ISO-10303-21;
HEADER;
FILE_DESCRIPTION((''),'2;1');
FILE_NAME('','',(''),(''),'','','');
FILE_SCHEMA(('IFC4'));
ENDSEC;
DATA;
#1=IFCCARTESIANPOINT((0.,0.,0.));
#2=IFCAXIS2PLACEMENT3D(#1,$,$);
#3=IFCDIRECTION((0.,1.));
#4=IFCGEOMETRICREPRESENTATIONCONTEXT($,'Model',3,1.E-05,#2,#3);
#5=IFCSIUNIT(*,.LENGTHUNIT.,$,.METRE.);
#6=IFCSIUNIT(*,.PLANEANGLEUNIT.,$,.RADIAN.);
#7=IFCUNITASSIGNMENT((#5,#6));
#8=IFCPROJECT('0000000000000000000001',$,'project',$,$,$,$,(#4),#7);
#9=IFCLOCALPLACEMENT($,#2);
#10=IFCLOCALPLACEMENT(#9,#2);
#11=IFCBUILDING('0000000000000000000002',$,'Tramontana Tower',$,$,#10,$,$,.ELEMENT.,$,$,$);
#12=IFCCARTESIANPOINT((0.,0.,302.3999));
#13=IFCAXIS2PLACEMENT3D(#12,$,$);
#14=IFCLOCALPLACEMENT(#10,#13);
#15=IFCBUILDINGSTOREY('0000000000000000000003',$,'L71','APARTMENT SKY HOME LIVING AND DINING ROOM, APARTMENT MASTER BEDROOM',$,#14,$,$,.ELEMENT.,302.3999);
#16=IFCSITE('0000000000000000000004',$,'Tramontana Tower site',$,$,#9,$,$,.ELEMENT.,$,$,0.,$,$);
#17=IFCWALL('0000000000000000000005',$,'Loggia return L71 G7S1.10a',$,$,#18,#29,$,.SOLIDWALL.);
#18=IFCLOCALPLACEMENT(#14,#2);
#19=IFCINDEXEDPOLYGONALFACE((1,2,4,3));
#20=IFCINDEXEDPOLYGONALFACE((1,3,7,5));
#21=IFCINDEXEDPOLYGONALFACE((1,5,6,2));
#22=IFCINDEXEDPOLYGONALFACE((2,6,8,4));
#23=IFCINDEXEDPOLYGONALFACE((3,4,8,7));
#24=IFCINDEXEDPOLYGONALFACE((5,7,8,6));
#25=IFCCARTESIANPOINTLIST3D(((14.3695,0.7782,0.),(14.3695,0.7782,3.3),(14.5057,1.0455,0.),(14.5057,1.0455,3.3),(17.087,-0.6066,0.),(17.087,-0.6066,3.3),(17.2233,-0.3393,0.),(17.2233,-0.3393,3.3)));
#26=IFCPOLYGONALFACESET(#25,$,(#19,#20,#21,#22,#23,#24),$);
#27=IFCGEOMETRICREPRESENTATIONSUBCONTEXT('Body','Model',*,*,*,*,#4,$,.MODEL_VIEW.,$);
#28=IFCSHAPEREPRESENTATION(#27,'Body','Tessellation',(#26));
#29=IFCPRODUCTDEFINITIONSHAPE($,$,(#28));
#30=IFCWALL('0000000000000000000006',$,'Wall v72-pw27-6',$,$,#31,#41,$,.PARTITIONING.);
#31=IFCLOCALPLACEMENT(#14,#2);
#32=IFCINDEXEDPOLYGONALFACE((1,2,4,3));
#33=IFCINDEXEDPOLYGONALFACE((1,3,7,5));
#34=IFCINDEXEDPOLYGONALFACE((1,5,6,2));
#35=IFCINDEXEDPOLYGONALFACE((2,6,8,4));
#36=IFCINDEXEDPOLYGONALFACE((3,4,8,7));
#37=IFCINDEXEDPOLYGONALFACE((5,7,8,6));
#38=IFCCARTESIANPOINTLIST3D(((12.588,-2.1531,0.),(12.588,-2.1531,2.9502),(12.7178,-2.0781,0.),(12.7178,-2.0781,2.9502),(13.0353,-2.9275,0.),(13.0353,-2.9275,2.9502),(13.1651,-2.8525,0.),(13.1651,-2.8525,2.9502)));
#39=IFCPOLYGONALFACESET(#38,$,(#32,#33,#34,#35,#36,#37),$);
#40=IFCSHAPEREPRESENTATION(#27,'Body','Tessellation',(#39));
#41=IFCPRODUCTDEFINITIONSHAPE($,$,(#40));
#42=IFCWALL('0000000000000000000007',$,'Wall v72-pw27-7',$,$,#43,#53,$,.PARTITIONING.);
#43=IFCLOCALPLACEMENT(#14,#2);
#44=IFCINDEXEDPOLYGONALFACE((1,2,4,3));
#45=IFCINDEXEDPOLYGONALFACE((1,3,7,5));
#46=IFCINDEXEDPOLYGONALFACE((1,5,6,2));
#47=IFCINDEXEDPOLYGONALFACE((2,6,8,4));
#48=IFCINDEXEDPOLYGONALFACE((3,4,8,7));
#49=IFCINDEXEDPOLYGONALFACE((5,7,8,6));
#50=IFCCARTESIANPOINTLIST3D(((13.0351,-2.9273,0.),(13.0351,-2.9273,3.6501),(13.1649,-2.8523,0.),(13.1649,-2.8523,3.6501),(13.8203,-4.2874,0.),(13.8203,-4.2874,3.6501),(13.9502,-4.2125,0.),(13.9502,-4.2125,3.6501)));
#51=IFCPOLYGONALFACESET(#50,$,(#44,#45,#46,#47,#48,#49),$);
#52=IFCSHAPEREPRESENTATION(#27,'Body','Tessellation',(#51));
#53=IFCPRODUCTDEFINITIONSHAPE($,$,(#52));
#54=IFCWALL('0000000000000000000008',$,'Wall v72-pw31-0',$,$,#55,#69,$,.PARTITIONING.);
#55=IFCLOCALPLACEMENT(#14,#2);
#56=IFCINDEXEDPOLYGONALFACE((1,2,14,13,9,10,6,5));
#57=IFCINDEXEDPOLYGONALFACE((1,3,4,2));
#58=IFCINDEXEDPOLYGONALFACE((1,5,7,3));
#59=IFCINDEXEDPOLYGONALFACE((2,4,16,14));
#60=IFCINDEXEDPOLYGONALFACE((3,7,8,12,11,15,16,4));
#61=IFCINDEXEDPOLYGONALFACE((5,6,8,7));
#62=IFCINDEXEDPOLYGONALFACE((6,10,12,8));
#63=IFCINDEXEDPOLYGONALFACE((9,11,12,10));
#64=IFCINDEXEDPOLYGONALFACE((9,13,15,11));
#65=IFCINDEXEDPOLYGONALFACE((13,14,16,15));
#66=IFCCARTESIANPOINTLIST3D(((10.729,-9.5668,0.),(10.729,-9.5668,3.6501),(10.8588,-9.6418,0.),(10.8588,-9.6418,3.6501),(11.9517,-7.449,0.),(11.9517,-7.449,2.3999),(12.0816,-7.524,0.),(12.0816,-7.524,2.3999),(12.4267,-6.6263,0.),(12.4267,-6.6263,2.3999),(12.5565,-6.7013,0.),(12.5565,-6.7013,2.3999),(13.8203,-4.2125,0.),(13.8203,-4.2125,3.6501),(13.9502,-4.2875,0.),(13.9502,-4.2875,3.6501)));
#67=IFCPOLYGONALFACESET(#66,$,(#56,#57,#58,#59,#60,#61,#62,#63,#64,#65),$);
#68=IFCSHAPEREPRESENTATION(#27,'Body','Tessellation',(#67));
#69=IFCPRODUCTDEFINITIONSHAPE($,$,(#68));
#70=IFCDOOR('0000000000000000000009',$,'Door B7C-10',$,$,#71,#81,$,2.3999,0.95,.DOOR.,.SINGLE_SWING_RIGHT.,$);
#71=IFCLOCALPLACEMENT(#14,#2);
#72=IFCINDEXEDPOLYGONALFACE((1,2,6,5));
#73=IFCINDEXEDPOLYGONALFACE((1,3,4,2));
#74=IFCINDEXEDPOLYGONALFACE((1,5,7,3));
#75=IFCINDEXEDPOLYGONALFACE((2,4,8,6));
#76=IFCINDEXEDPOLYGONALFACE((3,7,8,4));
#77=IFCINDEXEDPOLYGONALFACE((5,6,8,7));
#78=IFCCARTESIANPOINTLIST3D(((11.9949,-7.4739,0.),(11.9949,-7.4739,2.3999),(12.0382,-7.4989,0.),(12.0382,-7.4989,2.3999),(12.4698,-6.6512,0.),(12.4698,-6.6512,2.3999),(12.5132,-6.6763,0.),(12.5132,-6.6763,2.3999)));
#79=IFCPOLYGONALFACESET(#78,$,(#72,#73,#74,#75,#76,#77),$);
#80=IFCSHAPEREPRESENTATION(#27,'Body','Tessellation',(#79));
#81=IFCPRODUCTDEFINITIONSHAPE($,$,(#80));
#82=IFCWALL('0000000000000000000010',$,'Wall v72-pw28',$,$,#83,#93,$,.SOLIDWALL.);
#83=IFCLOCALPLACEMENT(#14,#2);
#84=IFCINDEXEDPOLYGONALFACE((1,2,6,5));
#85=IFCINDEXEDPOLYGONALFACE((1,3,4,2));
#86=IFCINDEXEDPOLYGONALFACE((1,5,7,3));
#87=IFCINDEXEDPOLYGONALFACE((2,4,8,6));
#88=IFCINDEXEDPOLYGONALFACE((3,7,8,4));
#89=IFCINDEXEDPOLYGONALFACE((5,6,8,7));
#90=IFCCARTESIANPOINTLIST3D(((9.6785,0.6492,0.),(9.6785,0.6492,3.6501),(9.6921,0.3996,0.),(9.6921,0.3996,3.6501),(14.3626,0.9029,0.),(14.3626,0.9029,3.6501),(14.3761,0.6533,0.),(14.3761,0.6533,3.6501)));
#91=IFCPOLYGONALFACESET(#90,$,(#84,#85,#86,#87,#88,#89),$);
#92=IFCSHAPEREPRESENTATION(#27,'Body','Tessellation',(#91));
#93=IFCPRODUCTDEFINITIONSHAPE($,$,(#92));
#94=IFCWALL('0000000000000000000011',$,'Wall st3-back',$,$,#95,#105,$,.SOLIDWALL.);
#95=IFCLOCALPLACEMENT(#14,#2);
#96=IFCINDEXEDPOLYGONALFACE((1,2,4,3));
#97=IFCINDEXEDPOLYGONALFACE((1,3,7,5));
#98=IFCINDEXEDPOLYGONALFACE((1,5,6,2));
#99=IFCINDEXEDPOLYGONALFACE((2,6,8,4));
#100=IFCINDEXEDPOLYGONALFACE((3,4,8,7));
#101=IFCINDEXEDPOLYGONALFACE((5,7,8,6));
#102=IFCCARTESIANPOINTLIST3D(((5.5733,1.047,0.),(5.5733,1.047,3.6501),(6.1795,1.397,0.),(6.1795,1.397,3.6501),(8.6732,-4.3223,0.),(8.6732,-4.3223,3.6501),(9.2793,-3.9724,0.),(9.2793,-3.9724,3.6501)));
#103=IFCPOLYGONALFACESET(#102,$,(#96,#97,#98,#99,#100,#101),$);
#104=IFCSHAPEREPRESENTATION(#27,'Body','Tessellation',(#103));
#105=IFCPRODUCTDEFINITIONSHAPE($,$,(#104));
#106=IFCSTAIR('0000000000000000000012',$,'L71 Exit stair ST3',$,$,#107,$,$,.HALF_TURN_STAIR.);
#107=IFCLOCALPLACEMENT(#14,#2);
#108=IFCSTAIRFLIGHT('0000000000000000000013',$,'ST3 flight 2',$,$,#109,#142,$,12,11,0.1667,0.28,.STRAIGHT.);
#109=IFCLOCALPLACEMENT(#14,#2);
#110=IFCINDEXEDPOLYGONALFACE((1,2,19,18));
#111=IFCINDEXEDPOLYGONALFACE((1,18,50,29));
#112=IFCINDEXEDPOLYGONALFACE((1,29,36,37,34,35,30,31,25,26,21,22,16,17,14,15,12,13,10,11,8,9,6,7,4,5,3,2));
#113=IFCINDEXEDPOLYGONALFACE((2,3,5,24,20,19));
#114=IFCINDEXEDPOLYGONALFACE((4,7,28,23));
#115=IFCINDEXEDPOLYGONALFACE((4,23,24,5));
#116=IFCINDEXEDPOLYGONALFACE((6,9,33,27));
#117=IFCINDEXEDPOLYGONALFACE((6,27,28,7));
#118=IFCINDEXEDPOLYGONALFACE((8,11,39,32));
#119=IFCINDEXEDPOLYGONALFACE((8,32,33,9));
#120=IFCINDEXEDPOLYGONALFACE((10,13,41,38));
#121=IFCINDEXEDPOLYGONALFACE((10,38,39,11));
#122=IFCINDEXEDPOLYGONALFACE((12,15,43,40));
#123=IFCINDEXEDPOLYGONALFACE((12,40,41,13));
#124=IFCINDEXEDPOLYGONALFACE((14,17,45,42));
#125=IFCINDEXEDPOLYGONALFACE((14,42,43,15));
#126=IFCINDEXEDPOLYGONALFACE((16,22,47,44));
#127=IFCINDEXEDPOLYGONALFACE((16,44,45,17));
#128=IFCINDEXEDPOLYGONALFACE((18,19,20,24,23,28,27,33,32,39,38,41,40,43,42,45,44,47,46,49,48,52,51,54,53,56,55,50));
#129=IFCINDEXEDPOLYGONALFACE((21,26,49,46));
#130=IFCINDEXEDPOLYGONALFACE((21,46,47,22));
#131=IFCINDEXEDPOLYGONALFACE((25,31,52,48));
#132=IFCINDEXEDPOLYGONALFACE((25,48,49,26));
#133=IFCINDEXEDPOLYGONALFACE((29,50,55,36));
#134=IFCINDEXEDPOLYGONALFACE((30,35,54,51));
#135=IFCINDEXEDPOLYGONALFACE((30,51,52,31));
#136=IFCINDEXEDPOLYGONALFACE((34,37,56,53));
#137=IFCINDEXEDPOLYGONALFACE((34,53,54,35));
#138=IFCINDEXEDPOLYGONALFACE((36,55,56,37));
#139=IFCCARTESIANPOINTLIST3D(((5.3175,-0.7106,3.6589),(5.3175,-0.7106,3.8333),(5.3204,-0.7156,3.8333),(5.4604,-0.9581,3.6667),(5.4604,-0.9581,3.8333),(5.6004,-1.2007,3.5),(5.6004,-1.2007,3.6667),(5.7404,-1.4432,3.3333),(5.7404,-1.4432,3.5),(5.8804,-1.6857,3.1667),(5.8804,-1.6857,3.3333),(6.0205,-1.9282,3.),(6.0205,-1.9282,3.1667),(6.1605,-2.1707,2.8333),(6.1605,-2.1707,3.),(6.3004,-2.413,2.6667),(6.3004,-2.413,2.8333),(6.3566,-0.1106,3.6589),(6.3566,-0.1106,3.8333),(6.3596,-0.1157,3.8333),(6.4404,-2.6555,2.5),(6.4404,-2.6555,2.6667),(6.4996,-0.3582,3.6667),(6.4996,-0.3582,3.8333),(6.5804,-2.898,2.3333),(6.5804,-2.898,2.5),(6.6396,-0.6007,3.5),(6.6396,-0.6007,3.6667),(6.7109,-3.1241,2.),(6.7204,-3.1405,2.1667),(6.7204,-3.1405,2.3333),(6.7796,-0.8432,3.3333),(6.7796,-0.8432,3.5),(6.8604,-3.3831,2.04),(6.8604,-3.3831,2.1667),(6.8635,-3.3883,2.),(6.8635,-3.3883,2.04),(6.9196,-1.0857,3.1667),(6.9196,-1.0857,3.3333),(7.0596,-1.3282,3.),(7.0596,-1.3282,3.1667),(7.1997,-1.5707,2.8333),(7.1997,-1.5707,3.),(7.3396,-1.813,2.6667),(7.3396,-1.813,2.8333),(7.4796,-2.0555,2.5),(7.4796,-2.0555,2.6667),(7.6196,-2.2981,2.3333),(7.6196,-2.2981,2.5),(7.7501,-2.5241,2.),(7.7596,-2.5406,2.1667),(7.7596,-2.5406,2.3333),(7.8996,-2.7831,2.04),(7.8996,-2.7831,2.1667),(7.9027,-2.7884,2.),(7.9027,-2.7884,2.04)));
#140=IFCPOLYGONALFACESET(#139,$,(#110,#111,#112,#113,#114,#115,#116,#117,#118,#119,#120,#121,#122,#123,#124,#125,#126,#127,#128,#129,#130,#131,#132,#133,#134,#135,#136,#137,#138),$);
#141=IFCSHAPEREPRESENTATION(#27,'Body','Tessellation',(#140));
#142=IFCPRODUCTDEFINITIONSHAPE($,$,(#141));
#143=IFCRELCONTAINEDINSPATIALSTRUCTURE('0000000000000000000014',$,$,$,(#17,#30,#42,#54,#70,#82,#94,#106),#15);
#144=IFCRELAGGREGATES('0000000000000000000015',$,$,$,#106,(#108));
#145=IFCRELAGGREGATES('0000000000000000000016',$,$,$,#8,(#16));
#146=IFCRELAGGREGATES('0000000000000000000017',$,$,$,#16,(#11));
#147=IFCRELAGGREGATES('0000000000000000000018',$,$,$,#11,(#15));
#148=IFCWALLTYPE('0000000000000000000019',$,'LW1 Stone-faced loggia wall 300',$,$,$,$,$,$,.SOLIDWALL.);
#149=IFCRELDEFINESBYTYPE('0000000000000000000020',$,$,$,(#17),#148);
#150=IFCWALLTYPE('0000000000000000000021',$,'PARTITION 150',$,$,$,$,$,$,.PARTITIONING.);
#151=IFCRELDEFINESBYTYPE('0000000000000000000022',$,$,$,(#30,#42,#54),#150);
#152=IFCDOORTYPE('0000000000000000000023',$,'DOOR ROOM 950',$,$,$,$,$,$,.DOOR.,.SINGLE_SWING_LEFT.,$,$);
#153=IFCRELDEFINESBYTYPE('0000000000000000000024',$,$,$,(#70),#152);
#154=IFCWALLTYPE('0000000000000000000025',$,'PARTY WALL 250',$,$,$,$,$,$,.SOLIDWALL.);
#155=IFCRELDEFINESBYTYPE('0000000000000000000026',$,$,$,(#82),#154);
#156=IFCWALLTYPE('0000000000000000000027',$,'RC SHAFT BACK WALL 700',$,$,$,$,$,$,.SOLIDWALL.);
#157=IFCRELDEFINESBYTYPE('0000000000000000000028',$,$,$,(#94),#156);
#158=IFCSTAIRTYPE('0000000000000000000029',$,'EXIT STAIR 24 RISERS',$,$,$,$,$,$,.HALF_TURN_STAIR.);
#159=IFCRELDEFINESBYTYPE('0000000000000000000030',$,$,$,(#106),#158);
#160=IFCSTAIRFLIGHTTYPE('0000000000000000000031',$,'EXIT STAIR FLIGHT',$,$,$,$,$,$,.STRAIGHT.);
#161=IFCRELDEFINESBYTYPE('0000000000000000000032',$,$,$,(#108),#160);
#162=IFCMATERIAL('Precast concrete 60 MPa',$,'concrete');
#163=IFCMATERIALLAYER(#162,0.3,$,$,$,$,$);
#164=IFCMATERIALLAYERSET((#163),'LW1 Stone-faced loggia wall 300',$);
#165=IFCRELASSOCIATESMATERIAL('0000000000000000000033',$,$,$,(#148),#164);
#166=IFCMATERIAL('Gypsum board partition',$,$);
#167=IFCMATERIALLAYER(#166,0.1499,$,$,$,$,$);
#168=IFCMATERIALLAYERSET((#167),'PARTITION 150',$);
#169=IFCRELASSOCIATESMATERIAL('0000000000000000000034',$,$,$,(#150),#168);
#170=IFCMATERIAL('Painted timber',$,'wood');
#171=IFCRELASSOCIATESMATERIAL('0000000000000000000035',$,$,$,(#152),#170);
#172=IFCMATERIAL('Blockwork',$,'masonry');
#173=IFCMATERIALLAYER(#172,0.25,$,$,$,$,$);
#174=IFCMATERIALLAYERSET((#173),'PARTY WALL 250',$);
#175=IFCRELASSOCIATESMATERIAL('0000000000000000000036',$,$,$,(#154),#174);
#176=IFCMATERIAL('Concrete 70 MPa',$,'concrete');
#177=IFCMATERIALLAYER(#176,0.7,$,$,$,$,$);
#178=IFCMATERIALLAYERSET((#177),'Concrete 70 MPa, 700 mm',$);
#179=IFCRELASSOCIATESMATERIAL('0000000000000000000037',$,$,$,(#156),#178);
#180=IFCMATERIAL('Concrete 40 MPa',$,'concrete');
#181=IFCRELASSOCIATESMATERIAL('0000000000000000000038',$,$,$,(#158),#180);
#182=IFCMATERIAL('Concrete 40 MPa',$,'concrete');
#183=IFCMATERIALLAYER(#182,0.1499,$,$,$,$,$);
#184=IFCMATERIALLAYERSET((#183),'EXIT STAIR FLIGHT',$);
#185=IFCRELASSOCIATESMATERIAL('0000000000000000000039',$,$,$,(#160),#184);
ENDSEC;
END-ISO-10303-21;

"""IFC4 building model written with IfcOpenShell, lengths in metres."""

from ifc_helpers import new_model, si_unit, direction, frame, frame_2d, origin, place, context, subcontext, project, spatial, polyline, rectangle, outline, extrude, material, layer, layer_set, type_object, element, fill, aggregate, save


model = new_model("IFC4")

# Units and contexts
model_context = context("Model", 3, precision=1e-05, world=origin(), true_north=direction((0.0, 1.0)))
body_context = subcontext(model_context, "Body", "Model", "MODEL_VIEW")
ifc_project = project(units=[si_unit("LENGTHUNIT", "METRE"), si_unit("PLANEANGLEUNIT", "RADIAN")], contexts=[model_context])

# Site, building, storey
site_placement = place(None, origin())
site = spatial("IfcSite", under=ifc_project, at=site_placement, Name="Tramontana Tower site", CompositionType="ELEMENT", RefElevation=0.0)
building_placement = place(site_placement, origin())
building = spatial("IfcBuilding", under=site, at=building_placement, Name="Tramontana Tower", CompositionType="ELEMENT")
storey_placement = place(building_placement, frame((0.0, 0.0, 302.3999)))
storey = spatial("IfcBuildingStorey", under=building, at=storey_placement, Name="L71", Description="APARTMENT SKY HOME LIVING AND DINING ROOM, APARTMENT MASTER BEDROOM", CompositionType="ELEMENT", Elevation=302.3999)

# Walls
ifc_material_1 = material(Name="Precast concrete 60 MPa", Category="concrete")
ifc_layer_1 = layer(ifc_material_1, 0.3)
ifc_layer_set_1 = layer_set([ifc_layer_1], Name="LW1 Stone-faced loggia wall 300")
wall_type_1 = type_object("IfcWallType", Name="LW1 Stone-faced loggia wall 300", PredefinedType="SOLIDWALL", material=ifc_layer_set_1)
wall_1_placement = place(storey_placement, frame((17.155, -0.4729, 0.0), z_axis=(0.0, 0.0, 1.0), x_axis=(-0.890991, 0.454021, 0.0)))
element("IfcWall", 1, at=wall_1_placement, inside=storey, type_object=wall_type_1, Name="Loggia return L71 G7S1.10a", PredefinedType="SOLIDWALL", context=body_context, shape_type="SweptSolid", body=[
    extrude(rectangle(XDim=3.05, YDim=0.3, at=frame_2d((1.5249, 0.0))), origin(), (0.0, 0.0, 1.0), 3.3),
])
ifc_material_2 = material(Name="Gypsum board partition")
ifc_layer_2 = layer(ifc_material_2, 0.1499)
ifc_layer_set_2 = layer_set([ifc_layer_2], Name="PARTITION 150")
wall_type_2 = type_object("IfcWallType", Name="PARTITION 150", PredefinedType="PARTITIONING", material=ifc_layer_set_2)
wall_2_placement = place(storey_placement, frame((12.6528, -2.1155, 0.0), z_axis=(0.0, 0.0, 1.0), x_axis=(0.500132, -0.865949, 0.0)))
element("IfcWall", 2, at=wall_2_placement, inside=storey, type_object=wall_type_2, Name="Wall v72-pw27-6", PredefinedType="PARTITIONING", context=body_context, shape_type="SweptSolid", body=[
    extrude(rectangle(XDim=0.8943, YDim=0.1499, at=frame_2d((0.4473, 0.0))), origin(), (0.0, 0.0, 1.0), 2.9502),
])
wall_3_placement = place(storey_placement, frame((13.1001, -2.8899, 0.0), z_axis=(0.0, 0.0, 1.0), x_axis=(0.499951, -0.866054, 0.0)))
element("IfcWall", 3, at=wall_3_placement, inside=storey, type_object=wall_type_2, Name="Wall v72-pw27-7", PredefinedType="PARTITIONING", context=body_context, shape_type="SweptSolid", body=[
    extrude(rectangle(XDim=1.5706, YDim=0.1499, at=frame_2d((0.7852, 0.0))), origin(), (0.0, 0.0, 1.0), 3.6501),
])

# Wall, opening, door
wall_4_placement = place(storey_placement, frame((13.8853, -4.25, 0.0), z_axis=(0.0, 0.0, 1.0), x_axis=(-0.500004, -0.866023, 0.0)))
wall_4 = element("IfcWall", 4, at=wall_4_placement, inside=storey, type_object=wall_type_2, Name="Wall v72-pw31-0", PredefinedType="PARTITIONING", context=body_context, shape_type="SweptSolid", body=[
    extrude(rectangle(XDim=6.1826, YDim=0.1499, at=frame_2d((3.0913, 0.0))), origin(), (0.0, 0.0, 1.0), 3.6501),
])
opening_1_placement = place(wall_4_placement, frame((2.7871, 0.0, 0.0)))
opening_1 = element("IfcOpeningElement", 5, at=opening_1_placement, cuts=wall_4, PredefinedType="OPENING", context=body_context, shape_type="SweptSolid", body=[
    extrude(rectangle(XDim=0.95, YDim=2.3999, at=frame_2d((0.4751, 1.2))), frame((0.0, 0.085, 0.0), z_axis=(0.0, -1.0, 0.0), x_axis=(1.0, 0.0, 0.0)), (0.0, 0.0, 1.0), 0.1699),
])
ifc_material_3 = material(Name="Painted timber", Category="wood")
door_type_1 = type_object("IfcDoorType", Name="DOOR ROOM 950", OperationType="SINGLE_SWING_LEFT", PredefinedType="DOOR", material=ifc_material_3)
door_1_placement = place(opening_1_placement, origin())
door_1 = element("IfcDoor", 6, at=door_1_placement, inside=storey, type_object=door_type_1, Name="Door B7C-10", OperationType="SINGLE_SWING_RIGHT", OverallHeight=2.3999, OverallWidth=0.95, PredefinedType="DOOR", context=body_context, shape_type="SweptSolid", body=[
    extrude(rectangle(XDim=0.95, YDim=2.3999, at=frame_2d((0.4751, 1.2))), frame((0.0, 0.0249, 0.0), z_axis=(0.0, -1.0, 0.0), x_axis=(1.0, 0.0, 0.0)), (0.0, 0.0, 1.0), 0.05),
])
fill(opening_1, door_1)

# Walls
ifc_material_4 = material(Name="Blockwork", Category="masonry")
ifc_layer_3 = layer(ifc_material_4, 0.25)
ifc_layer_set_3 = layer_set([ifc_layer_3], Name="PARTY WALL 250")
wall_type_3 = type_object("IfcWallType", Name="PARTY WALL 250", PredefinedType="SOLIDWALL", material=ifc_layer_set_3)
wall_5_placement = place(storey_placement, frame((9.6853, 0.5244, 0.0), z_axis=(0.0, 0.0, 1.0), x_axis=(0.998537, 0.054075, 0.0)))
element("IfcWall", 7, at=wall_5_placement, inside=storey, type_object=wall_type_3, Name="Wall v72-pw28", PredefinedType="SOLIDWALL", context=body_context, shape_type="SweptSolid", body=[
    extrude(rectangle(XDim=4.6909, YDim=0.25, at=frame_2d((2.3455, 0.0))), origin(), (0.0, 0.0, 1.0), 3.6501),
])
ifc_material_5 = material(Name="Concrete 70 MPa", Category="concrete")
ifc_layer_4 = layer(ifc_material_5, 0.7)
ifc_layer_set_4 = layer_set([ifc_layer_4], Name="Concrete 70 MPa, 700 mm")
wall_type_4 = type_object("IfcWallType", Name="RC SHAFT BACK WALL 700", PredefinedType="SOLIDWALL", material=ifc_layer_set_4)
wall_6_placement = place(storey_placement, frame((8.9763, -4.1475, 0.0), z_axis=(0.0, 0.0, 1.0), x_axis=(-0.49998, 0.866037, 0.0)))
element("IfcWall", 8, at=wall_6_placement, inside=storey, type_object=wall_type_4, Name="Wall st3-back", PredefinedType="SOLIDWALL", context=body_context, shape_type="SweptSolid", body=[
    extrude(rectangle(XDim=6.2, YDim=0.7, at=frame_2d((3.1001, 0.0))), origin(), (0.0, 0.0, 1.0), 3.6501),
])

# Stair, stair flight
ifc_material_6 = material(Name="Concrete 40 MPa", Category="concrete")
stair_type = type_object("IfcStairType", Name="EXIT STAIR 24 RISERS", PredefinedType="HALF_TURN_STAIR", material=ifc_material_6)
stair_placement = place(storey_placement, origin())
stair = element("IfcStair", 9, at=stair_placement, inside=storey, type_object=stair_type, Name="L71 Exit stair ST3", PredefinedType="HALF_TURN_STAIR")
ifc_material_7 = material(Name="Concrete 40 MPa", Category="concrete")
ifc_layer_5 = layer(ifc_material_7, 0.1499)
ifc_layer_set_5 = layer_set([ifc_layer_5], Name="EXIT STAIR FLIGHT")
stair_flight_type = type_object("IfcStairFlightType", Name="EXIT STAIR FLIGHT", PredefinedType="STRAIGHT", material=ifc_layer_set_5)
stair_flight_placement = place(storey_placement, frame((7.3801, -3.083, 2.0), z_axis=(0.0, 0.0, 1.0), x_axis=(-0.5, 0.866025, 0.0)))
stair_flight = element("IfcStairFlight", 10, at=stair_flight_placement, type_object=stair_flight_type, Name="ST3 flight 2", NumberOfRisers=12, NumberOfTreads=11, PredefinedType="STRAIGHT", RiserHeight=0.1667, TreadLength=0.28, context=body_context, shape_type="SweptSolid", body=[
    extrude(outline(polyline([(-0.0061, 0.0), (-0.0061, 0.04), (0.0, 0.04), (0.0, 0.1667), (0.28, 0.1667), (0.28, 0.3333), (0.5601, 0.3333), (0.5601, 0.5), (0.8401, 0.5), (0.8401, 0.6667), (1.1201, 0.6667), (1.1201, 0.8333), (1.3999, 0.8333), (1.3999, 1.0), (1.6799, 1.0), (1.6799, 1.1667), (1.96, 1.1667), (1.96, 1.3333), (2.24, 1.3333), (2.24, 1.5), (2.52, 1.5), (2.52, 1.6667), (2.8, 1.6667), (2.8, 1.8333), (3.0801, 1.8333), (3.0859, 1.8333), (3.0859, 1.6589), (0.2991, 0.0), (-0.0061, 0.0)])), frame((0.0, 0.6001, 0.0), z_axis=(0.0, -1.0, 0.0), x_axis=(1.0, 0.0, 0.0)), (0.0, 0.0, 1.0), 1.2),
])
aggregate(stair, [stair_flight])

save(model, "model.ifc")
